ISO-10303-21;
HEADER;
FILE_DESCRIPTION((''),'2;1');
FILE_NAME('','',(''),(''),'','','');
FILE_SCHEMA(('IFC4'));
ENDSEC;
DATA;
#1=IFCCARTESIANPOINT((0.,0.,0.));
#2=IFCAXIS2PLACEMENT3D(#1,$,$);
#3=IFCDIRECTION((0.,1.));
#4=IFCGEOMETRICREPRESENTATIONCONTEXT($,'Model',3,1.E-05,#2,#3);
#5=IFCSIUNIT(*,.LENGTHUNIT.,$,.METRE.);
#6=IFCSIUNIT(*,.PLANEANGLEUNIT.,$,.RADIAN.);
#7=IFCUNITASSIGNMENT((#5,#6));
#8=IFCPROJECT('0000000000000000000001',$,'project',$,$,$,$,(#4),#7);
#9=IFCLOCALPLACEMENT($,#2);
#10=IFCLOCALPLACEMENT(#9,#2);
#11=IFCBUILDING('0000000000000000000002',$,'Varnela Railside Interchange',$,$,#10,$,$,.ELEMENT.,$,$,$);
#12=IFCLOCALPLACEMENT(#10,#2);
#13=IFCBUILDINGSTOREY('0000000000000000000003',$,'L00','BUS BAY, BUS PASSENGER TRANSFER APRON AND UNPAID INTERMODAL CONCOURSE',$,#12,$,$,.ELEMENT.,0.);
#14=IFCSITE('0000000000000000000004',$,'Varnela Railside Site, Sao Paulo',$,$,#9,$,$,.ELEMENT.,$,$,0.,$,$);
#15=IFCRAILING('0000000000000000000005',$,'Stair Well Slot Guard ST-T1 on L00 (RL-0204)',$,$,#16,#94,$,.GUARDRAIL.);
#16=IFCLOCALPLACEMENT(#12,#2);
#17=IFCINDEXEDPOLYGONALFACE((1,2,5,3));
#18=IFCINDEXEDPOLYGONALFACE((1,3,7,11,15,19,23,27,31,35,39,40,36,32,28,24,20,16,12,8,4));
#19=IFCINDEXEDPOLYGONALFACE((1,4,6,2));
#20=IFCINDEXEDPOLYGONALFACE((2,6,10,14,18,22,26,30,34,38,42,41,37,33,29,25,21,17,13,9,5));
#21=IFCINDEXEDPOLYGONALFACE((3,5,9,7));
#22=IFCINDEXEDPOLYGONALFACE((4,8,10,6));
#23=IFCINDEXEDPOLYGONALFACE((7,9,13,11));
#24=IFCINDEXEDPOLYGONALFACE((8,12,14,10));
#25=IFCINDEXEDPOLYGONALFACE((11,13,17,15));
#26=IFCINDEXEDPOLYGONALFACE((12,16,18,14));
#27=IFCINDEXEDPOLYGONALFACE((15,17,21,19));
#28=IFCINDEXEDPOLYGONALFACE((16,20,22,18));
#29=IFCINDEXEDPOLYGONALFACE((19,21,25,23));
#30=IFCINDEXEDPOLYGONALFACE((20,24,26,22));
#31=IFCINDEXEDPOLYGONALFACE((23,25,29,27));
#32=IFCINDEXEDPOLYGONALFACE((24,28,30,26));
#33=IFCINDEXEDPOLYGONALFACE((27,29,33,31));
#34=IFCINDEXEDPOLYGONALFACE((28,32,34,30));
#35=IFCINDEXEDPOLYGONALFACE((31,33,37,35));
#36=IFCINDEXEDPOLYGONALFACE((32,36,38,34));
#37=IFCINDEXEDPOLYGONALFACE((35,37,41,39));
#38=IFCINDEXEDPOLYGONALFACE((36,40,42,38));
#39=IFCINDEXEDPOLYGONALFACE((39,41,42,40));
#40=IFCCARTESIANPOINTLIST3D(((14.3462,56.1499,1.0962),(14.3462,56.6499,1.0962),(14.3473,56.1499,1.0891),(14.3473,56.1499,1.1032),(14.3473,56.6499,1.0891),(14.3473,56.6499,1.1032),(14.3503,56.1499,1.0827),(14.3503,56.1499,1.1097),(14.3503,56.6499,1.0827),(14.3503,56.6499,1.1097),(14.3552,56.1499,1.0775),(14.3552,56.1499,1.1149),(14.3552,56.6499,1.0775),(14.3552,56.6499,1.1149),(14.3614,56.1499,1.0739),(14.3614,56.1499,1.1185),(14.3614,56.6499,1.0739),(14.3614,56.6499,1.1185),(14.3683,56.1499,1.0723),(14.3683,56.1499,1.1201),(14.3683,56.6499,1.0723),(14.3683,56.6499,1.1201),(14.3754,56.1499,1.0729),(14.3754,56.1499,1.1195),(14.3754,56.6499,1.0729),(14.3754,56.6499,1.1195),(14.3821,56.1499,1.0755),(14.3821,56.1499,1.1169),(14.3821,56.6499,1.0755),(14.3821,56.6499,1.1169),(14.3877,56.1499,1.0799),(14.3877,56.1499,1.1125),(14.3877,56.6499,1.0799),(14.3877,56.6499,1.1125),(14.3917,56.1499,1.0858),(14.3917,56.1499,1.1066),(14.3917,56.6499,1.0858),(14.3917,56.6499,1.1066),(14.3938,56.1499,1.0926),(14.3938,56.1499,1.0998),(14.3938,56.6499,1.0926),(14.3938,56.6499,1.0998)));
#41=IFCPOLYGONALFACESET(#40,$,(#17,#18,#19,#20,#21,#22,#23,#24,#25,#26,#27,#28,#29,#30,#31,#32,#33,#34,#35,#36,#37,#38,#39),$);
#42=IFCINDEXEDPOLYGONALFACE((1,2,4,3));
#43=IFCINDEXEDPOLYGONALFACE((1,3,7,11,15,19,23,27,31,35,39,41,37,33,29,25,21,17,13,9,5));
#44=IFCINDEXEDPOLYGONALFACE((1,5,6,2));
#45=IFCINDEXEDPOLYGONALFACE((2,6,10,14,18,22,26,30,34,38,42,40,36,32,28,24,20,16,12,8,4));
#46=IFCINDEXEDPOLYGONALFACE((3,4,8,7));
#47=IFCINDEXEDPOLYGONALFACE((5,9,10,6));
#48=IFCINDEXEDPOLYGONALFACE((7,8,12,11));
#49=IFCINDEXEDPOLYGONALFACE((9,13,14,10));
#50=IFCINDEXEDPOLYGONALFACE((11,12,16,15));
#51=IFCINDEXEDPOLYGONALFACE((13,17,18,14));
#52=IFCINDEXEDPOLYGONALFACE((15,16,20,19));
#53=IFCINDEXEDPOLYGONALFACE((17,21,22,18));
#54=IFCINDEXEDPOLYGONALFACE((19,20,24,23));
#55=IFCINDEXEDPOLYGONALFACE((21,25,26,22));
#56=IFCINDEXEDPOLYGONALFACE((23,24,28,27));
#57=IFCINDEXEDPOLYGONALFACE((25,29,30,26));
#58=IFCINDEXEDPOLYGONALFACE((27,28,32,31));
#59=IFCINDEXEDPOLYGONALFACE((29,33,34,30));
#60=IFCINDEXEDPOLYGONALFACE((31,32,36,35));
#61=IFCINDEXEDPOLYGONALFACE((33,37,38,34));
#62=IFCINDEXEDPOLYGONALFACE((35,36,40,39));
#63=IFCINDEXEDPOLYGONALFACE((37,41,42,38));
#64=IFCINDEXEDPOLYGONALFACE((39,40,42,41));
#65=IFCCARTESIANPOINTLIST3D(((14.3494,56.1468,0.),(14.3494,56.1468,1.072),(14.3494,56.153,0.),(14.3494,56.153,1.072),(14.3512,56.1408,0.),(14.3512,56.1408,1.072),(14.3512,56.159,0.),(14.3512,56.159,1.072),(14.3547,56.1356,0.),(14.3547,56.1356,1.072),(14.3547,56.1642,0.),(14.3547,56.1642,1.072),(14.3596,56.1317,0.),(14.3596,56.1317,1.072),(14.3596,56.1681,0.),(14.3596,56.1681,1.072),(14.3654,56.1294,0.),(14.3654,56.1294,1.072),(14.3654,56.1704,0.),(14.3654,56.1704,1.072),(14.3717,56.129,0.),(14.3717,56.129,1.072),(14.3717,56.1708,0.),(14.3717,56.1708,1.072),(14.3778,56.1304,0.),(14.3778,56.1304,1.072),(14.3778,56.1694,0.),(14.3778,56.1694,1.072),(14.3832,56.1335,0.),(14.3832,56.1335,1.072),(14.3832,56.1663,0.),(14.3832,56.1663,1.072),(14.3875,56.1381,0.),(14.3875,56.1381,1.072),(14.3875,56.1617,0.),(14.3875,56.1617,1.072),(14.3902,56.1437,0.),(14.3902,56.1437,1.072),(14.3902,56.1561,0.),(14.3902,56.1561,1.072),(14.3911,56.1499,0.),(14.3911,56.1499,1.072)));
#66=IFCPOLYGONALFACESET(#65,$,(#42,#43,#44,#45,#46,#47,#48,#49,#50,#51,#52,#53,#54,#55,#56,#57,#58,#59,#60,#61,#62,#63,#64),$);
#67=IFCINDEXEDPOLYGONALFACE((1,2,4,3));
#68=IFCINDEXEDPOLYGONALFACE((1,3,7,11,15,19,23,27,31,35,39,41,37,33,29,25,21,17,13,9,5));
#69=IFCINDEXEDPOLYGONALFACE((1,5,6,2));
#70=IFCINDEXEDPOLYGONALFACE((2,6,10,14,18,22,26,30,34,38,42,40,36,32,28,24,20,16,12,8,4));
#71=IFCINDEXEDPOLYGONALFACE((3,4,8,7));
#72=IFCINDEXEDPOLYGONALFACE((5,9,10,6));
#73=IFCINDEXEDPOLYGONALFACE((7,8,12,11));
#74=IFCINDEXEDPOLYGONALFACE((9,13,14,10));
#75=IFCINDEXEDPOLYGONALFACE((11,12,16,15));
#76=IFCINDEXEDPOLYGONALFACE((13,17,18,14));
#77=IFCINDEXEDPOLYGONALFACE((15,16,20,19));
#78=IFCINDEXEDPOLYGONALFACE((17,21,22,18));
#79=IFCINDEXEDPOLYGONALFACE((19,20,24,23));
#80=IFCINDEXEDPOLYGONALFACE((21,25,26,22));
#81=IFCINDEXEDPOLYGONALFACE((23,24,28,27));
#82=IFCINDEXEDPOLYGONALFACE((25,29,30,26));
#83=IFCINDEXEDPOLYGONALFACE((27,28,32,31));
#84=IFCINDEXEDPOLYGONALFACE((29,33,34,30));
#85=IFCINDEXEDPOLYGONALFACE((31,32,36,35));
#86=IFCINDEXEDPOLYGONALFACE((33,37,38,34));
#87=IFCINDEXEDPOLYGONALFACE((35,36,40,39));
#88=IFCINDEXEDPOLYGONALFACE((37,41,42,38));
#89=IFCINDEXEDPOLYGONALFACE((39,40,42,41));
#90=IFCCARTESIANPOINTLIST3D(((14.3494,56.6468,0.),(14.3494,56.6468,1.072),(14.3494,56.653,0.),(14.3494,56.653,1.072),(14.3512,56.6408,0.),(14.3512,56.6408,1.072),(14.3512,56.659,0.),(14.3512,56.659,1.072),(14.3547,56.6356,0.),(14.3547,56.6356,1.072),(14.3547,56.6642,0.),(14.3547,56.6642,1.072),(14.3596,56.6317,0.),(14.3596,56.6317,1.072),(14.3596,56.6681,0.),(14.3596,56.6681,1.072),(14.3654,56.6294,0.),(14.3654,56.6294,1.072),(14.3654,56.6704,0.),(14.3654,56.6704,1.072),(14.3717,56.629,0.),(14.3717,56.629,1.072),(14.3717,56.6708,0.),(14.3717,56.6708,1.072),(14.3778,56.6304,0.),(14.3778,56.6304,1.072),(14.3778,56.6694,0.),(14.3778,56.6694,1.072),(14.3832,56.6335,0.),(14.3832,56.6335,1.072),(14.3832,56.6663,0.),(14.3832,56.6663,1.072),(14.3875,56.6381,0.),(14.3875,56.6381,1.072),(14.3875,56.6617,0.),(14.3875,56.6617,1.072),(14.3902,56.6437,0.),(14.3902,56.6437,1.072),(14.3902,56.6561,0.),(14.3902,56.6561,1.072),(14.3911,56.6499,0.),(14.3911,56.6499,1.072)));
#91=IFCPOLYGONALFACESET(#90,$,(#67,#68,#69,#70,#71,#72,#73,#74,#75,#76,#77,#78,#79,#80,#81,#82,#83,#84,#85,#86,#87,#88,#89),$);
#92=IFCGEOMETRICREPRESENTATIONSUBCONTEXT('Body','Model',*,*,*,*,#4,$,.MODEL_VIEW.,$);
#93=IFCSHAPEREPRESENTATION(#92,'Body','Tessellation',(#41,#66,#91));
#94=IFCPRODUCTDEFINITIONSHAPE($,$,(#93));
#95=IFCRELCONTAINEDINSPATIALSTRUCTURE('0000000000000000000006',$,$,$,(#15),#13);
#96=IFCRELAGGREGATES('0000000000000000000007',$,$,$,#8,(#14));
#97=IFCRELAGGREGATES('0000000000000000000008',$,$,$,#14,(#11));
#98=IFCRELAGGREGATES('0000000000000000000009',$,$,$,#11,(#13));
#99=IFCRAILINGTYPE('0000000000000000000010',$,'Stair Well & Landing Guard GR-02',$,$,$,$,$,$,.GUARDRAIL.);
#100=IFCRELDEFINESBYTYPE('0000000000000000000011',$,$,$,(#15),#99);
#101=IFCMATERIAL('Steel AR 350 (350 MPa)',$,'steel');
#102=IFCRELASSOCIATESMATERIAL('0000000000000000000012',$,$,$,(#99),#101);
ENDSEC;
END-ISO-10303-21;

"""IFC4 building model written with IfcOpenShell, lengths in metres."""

from ifc_helpers import new_model, si_unit, direction, frame, origin, origin_2d, place, context, subcontext, project, spatial, circle, extrude, material, type_object, element, save


model = new_model("IFC4")

# Units and contexts
model_context = context("Model", 3, precision=1e-05, world=origin(), true_north=direction((0.0, 1.0)))
body_context = subcontext(model_context, "Body", "Model", "MODEL_VIEW")
ifc_project = project(units=[si_unit("LENGTHUNIT", "METRE"), si_unit("PLANEANGLEUNIT", "RADIAN")], contexts=[model_context])

# Site, building, storey
site_placement = place(None, origin())
site = spatial("IfcSite", under=ifc_project, at=site_placement, Name="Varnela Railside Site, Sao Paulo", CompositionType="ELEMENT", RefElevation=0.0)
building_placement = place(site_placement, origin())
building = spatial("IfcBuilding", under=site, at=building_placement, Name="Varnela Railside Interchange", CompositionType="ELEMENT")
storey_placement = place(building_placement, origin())
storey = spatial("IfcBuildingStorey", under=building, at=storey_placement, Name="L00", Description="BUS BAY, BUS PASSENGER TRANSFER APRON AND UNPAID INTERMODAL CONCOURSE", CompositionType="ELEMENT", Elevation=0.0)

# Shared definitions
ifc_material_1 = material(Name="Steel AR 350 (350 MPa)", Category="steel")

# Railing
railing_type_1 = type_object("IfcRailingType", Name="Stair Well & Landing Guard GR-02", PredefinedType="GUARDRAIL", material=ifc_material_1)
railing_1_placement = place(storey_placement, frame((14.3701, 56.1499, 0.0)))
element("IfcRailing", 1, at=railing_1_placement, inside=storey, type_object=railing_type_1, Name="Stair Well Slot Guard ST-T1 on L00 (RL-0204)", PredefinedType="GUARDRAIL", context=body_context, shape_type="SweptSolid", body=[
    extrude(circle(Radius=0.0239, at=origin_2d()), frame((0.0, 0.0, 1.0962), z_axis=(0.0, 1.0, 0.0), x_axis=(-1.0, 0.0, 0.0)), (0.0, 0.0, 1.0), 0.5),
    extrude(circle(Radius=0.021, at=origin_2d()), origin(), (0.0, 0.0, 1.0), 1.072),
    extrude(circle(Radius=0.021, at=origin_2d()), frame((0.0, 0.5, 0.0)), (0.0, 0.0, 1.0), 1.072),
])

save(model, "model.ifc")
